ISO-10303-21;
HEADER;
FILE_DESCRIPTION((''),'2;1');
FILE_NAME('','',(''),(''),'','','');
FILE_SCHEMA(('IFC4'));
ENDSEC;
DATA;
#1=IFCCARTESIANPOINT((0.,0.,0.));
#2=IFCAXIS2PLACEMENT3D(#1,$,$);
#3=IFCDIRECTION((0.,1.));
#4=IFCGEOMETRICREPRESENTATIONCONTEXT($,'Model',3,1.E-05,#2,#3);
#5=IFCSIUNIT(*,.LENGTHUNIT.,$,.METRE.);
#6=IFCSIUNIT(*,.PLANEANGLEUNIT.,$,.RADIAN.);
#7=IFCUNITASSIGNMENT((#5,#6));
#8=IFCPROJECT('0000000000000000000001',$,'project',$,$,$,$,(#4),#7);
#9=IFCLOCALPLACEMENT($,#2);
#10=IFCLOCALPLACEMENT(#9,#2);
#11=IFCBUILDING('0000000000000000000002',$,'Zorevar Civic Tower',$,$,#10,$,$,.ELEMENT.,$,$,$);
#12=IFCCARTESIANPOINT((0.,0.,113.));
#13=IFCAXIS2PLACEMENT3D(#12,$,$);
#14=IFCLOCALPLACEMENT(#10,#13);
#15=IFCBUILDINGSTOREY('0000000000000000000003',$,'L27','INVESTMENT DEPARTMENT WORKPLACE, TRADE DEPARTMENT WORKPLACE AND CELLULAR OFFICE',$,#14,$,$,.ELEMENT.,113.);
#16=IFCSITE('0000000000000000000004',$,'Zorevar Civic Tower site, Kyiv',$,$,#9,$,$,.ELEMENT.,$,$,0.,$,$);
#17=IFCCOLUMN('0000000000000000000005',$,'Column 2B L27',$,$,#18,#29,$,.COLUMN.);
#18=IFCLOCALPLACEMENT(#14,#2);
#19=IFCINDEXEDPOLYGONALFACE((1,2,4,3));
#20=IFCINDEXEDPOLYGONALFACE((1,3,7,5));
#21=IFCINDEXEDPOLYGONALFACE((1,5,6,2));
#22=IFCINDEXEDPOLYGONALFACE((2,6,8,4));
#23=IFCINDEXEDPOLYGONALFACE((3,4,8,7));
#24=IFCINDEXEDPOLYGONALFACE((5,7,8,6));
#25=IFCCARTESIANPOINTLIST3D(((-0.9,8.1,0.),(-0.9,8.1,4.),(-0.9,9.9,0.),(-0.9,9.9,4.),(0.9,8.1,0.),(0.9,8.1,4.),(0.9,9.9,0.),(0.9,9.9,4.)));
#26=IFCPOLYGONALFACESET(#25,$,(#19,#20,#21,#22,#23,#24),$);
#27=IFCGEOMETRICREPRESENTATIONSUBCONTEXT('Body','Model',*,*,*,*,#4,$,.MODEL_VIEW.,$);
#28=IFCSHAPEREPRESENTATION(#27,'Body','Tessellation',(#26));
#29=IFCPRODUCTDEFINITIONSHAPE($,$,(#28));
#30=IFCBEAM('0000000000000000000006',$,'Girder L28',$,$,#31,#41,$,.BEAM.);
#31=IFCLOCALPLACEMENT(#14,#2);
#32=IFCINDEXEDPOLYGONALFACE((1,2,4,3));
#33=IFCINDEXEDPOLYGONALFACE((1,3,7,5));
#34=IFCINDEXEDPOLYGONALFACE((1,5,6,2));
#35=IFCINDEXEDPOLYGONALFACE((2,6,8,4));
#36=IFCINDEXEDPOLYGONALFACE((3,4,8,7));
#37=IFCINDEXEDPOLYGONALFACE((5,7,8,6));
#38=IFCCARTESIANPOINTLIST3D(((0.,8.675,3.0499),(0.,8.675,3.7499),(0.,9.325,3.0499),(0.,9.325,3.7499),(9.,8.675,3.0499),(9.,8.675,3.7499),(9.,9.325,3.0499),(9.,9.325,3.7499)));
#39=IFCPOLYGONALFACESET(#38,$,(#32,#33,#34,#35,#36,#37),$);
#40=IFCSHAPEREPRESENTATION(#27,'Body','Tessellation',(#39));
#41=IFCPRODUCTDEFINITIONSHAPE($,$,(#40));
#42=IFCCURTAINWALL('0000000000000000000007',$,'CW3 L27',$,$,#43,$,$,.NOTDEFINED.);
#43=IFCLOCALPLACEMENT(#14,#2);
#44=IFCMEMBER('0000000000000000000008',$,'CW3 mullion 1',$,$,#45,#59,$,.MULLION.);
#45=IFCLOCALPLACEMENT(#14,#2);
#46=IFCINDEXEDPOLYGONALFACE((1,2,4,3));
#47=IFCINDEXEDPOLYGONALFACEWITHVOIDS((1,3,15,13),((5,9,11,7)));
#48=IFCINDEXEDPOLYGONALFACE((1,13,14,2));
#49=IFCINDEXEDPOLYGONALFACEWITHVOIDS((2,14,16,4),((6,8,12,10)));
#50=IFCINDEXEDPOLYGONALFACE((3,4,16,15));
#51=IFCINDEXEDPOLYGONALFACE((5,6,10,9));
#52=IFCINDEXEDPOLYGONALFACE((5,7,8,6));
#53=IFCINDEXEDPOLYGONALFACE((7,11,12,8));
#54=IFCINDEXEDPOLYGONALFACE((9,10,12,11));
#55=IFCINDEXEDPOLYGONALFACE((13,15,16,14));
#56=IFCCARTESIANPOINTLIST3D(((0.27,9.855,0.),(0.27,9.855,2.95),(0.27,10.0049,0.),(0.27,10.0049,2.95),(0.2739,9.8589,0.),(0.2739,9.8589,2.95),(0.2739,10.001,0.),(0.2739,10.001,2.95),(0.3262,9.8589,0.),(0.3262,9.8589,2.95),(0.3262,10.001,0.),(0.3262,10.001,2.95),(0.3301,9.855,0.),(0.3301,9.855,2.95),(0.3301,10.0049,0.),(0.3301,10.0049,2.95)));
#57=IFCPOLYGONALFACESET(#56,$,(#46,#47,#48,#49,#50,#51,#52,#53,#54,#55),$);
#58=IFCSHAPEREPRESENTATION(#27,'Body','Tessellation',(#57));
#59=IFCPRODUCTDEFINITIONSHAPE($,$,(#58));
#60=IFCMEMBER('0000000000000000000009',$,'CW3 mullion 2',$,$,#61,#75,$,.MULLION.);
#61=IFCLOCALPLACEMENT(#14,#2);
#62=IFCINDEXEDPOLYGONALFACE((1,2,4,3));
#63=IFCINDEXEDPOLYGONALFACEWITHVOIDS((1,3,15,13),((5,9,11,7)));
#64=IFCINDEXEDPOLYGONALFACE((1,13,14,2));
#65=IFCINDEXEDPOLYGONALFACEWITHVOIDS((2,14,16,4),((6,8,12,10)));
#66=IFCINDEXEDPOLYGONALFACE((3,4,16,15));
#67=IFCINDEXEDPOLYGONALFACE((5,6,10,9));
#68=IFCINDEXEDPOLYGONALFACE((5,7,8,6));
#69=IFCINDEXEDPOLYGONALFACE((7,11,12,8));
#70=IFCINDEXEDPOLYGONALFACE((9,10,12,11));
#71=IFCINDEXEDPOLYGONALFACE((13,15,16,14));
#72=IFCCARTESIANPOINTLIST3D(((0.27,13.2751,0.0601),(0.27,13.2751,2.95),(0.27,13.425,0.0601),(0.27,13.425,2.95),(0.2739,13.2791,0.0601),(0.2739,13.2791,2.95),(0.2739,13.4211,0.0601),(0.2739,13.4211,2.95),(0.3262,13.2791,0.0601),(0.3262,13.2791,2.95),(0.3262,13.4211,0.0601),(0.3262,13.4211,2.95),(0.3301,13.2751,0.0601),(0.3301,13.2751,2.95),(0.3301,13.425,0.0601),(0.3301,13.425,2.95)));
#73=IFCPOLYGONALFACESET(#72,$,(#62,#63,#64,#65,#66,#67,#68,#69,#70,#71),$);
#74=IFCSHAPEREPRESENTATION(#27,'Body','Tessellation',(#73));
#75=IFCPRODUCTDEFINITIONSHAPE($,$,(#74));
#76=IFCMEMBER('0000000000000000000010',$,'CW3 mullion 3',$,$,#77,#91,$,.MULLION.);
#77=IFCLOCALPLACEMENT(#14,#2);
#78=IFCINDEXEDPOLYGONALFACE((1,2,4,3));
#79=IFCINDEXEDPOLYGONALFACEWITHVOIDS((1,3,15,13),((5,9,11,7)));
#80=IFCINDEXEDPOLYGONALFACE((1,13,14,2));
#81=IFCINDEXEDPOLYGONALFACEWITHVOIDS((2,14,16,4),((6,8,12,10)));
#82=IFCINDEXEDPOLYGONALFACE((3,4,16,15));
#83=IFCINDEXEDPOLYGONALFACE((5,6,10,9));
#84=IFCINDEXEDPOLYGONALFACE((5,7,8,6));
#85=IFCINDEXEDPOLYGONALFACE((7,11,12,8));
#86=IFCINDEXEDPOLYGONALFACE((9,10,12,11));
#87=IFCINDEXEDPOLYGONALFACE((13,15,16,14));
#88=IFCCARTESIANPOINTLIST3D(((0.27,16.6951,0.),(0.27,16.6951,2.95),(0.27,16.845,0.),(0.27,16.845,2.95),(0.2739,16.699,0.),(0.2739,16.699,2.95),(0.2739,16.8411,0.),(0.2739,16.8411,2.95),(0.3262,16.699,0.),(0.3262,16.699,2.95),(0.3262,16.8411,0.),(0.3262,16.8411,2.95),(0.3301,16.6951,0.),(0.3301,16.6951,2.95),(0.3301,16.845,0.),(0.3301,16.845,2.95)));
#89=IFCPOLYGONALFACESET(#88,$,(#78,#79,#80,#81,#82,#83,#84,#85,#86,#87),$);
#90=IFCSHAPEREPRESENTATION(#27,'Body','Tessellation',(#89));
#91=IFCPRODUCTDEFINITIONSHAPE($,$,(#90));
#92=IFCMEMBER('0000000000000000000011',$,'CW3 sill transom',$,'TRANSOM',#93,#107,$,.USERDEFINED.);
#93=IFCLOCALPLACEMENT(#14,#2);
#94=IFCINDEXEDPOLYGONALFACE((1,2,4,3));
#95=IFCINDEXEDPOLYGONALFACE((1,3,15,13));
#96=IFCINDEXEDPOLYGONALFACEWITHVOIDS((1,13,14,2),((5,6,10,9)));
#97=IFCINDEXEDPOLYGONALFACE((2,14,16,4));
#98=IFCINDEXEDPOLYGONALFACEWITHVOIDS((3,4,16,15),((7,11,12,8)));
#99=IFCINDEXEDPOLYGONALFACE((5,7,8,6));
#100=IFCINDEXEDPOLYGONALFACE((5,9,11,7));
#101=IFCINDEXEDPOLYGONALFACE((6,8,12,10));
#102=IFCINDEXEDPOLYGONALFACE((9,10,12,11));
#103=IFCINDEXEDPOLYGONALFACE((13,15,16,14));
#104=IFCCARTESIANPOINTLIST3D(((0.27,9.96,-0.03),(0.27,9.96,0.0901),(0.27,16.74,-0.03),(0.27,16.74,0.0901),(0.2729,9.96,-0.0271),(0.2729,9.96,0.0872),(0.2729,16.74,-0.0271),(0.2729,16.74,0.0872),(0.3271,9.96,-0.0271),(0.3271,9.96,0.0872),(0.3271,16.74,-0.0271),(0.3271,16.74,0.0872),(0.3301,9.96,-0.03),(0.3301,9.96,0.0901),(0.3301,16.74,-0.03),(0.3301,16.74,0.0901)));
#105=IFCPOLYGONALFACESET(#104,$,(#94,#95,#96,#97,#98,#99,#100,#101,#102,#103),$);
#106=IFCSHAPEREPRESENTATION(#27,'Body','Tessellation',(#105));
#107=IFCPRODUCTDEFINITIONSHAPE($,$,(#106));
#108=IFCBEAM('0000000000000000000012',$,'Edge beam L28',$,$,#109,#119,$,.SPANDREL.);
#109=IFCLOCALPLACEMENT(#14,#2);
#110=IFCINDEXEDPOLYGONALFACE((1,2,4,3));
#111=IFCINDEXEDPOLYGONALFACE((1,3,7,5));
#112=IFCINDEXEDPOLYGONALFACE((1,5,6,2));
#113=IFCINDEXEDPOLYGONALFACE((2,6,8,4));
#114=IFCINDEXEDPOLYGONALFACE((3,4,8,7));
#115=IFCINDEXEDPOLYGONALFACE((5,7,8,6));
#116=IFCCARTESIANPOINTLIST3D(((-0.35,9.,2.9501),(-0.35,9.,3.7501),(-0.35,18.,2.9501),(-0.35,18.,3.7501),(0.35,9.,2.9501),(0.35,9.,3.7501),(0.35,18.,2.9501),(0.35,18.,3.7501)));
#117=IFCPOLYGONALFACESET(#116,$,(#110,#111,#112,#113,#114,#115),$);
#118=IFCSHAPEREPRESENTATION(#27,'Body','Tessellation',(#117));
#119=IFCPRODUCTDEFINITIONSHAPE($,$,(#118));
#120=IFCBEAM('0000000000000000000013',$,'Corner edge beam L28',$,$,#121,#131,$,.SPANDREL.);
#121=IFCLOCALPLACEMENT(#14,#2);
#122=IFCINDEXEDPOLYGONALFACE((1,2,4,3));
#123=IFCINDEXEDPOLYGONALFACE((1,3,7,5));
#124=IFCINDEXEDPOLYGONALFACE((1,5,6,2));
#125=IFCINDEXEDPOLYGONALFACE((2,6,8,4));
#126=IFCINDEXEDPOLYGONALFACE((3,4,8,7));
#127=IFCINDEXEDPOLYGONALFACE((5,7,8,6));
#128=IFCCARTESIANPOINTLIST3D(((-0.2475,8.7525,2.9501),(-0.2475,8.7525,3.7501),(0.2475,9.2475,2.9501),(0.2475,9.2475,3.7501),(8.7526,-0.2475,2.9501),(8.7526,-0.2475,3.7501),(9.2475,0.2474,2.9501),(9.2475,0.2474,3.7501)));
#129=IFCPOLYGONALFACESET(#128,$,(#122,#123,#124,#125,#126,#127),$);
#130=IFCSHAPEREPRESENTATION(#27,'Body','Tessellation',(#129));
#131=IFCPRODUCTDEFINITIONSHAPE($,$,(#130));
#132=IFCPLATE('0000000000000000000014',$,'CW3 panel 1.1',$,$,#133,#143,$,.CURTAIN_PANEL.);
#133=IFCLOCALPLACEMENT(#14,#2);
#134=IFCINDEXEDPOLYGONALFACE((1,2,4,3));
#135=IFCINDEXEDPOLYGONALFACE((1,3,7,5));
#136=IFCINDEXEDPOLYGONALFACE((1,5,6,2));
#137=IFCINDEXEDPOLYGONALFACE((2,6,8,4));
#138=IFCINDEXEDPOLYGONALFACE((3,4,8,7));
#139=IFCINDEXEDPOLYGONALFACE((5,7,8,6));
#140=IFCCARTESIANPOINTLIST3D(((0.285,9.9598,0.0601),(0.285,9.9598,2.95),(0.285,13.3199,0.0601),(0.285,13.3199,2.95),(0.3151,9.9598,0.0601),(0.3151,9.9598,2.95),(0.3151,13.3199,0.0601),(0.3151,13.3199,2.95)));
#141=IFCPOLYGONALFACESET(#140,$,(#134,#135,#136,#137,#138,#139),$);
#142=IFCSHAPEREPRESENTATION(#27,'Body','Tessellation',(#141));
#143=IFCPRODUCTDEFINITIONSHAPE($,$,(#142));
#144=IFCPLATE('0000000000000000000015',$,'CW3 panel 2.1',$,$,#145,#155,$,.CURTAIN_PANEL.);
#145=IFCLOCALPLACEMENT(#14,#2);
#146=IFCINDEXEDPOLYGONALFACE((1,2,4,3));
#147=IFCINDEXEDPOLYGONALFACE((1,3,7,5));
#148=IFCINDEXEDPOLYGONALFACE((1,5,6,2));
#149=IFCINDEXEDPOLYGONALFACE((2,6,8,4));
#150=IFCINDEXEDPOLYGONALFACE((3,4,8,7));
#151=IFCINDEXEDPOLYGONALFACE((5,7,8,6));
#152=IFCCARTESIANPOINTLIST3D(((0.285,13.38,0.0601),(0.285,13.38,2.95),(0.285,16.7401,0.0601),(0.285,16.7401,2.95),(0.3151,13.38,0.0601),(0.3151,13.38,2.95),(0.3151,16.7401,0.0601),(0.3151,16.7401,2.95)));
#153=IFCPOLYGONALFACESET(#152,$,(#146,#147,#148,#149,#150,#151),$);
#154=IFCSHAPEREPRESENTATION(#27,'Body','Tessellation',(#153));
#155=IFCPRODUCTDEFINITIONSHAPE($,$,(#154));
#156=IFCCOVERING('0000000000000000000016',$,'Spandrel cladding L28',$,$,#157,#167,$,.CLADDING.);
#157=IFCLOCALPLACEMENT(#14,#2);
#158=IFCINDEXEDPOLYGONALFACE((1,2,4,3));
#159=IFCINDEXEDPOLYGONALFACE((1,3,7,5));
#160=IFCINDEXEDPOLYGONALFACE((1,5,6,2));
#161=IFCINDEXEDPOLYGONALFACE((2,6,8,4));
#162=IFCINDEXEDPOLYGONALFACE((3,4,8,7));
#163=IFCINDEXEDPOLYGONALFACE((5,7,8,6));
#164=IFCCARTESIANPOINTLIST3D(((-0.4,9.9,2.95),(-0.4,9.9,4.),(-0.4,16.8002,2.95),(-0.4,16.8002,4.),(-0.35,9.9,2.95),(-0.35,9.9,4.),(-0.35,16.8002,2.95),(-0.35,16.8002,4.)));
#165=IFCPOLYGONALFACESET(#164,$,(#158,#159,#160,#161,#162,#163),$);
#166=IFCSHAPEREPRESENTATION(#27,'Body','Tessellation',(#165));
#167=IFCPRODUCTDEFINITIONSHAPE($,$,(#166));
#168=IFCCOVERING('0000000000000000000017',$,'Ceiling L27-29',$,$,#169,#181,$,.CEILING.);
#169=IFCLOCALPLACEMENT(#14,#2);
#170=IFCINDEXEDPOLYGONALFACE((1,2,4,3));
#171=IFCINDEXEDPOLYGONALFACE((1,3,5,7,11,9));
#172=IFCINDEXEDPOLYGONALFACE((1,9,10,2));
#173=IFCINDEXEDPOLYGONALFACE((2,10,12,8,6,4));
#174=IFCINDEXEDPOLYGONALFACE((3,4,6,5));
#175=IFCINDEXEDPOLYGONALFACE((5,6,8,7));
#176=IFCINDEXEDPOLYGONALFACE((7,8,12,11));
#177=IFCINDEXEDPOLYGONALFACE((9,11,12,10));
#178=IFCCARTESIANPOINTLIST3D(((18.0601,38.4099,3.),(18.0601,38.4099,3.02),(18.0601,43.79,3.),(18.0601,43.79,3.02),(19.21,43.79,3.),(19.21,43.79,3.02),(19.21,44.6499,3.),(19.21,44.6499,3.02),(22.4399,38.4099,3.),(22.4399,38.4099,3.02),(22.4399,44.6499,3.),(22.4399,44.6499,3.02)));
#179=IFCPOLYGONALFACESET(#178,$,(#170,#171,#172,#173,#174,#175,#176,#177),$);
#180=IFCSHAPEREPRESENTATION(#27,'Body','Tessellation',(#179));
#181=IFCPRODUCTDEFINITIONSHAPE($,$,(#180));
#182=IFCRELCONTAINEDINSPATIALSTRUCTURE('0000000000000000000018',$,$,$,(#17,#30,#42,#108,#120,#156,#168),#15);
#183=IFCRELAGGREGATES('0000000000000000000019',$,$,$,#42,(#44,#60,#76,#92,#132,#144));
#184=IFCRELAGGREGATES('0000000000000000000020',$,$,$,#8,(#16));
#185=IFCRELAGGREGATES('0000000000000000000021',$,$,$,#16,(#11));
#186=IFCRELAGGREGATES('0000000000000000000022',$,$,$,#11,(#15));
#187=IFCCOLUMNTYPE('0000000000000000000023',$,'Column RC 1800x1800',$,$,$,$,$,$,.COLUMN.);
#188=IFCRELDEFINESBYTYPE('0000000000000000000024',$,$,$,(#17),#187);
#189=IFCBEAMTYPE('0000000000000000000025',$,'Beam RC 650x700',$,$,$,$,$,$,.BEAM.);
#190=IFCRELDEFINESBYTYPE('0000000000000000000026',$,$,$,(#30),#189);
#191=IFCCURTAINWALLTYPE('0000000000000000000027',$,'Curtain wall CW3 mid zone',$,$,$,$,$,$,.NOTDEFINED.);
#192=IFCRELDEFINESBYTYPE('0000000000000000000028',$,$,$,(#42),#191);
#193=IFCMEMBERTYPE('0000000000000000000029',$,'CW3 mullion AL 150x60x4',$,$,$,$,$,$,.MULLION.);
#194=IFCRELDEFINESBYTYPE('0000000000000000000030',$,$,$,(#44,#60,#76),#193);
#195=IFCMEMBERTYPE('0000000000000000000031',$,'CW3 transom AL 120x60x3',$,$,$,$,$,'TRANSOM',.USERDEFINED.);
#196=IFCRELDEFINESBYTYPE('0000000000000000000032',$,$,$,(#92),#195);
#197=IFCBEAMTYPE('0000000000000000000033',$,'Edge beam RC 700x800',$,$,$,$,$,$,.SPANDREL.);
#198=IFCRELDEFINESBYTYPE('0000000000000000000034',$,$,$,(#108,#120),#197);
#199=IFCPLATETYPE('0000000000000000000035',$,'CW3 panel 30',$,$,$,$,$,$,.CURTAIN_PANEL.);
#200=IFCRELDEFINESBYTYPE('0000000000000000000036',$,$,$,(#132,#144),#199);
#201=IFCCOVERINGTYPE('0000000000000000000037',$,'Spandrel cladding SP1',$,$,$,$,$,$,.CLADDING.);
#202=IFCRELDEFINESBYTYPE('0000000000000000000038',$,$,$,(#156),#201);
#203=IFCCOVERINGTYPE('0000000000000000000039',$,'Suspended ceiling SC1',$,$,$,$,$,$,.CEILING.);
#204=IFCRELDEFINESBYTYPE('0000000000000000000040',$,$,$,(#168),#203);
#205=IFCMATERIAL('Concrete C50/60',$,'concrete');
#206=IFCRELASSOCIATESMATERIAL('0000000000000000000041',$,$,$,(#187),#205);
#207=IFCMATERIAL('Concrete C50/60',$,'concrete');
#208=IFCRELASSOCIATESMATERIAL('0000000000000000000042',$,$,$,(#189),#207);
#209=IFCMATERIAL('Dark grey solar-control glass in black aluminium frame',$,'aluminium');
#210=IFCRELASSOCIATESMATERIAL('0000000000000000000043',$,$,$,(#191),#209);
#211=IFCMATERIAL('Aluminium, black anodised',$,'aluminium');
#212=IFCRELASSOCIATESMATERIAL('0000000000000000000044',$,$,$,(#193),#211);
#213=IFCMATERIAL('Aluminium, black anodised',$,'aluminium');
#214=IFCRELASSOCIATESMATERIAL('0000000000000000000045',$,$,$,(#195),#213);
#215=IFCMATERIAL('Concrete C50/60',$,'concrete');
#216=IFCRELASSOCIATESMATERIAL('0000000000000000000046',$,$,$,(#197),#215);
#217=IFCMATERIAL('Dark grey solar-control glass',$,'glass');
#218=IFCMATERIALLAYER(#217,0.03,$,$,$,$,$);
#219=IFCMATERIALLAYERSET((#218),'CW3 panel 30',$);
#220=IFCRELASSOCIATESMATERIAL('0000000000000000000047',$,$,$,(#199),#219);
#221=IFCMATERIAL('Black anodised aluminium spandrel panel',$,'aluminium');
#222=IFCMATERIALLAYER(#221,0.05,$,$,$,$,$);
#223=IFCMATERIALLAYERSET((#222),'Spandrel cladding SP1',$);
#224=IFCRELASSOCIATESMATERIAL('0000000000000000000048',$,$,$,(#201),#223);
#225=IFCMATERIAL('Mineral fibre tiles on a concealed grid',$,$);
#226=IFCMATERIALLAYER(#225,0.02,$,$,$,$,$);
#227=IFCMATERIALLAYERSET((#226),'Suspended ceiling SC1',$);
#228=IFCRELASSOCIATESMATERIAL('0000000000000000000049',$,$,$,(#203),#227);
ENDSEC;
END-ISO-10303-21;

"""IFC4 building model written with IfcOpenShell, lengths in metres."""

from ifc_helpers import new_model, si_unit, direction, frame, frame_2d, origin, origin_2d, place, context, subcontext, project, spatial, polyline, rectangle, hollow_rectangle, outline, extrude, material, layer, layer_set, material_profile, profile_set, type_object, element, aggregate, save


model = new_model("IFC4")

# Units and contexts
model_context = context("Model", 3, precision=1e-05, world=origin(), true_north=direction((0.0, 1.0)))
body_context = subcontext(model_context, "Body", "Model", "MODEL_VIEW")
ifc_project = project(units=[si_unit("LENGTHUNIT", "METRE"), si_unit("PLANEANGLEUNIT", "RADIAN")], contexts=[model_context])

# Site, building, storey
site_placement = place(None, origin())
site = spatial("IfcSite", under=ifc_project, at=site_placement, Name="Zorevar Civic Tower site, Kyiv", CompositionType="ELEMENT", RefElevation=0.0)
building_placement = place(site_placement, origin())
building = spatial("IfcBuilding", under=site, at=building_placement, Name="Zorevar Civic Tower", CompositionType="ELEMENT")
storey_placement = place(building_placement, frame((0.0, 0.0, 113.0)))
storey = spatial("IfcBuildingStorey", under=building, at=storey_placement, Name="L27", Description="INVESTMENT DEPARTMENT WORKPLACE, TRADE DEPARTMENT WORKPLACE AND CELLULAR OFFICE", CompositionType="ELEMENT", Elevation=113.0)

# Column
ifc_material_1 = material(Name="Concrete C50/60", Category="concrete")
ifc_material_profile_1 = material_profile(ifc_material_1, rectangle(XDim=1.8, YDim=1.8, at=origin_2d()), Name="RC 1800x1800")
ifc_profile_set_1 = profile_set([ifc_material_profile_1], Name="Concrete C50/60")
column_type = type_object("IfcColumnType", Name="Column RC 1800x1800", PredefinedType="COLUMN", material=ifc_profile_set_1)
column_placement = place(storey_placement, frame((0.0, 9.0, 0.0), z_axis=(0.0, 0.0, 1.0), x_axis=(1.0, 0.0, 0.0)))
element("IfcColumn", 1, at=column_placement, inside=storey, type_object=column_type, Name="Column 2B L27", PredefinedType="COLUMN", context=body_context, shape_type="SweptSolid", body=[
    extrude(rectangle(XDim=1.8, YDim=1.8, at=origin_2d()), origin(), (0.0, 0.0, 1.0), 4.0),
])

# Beam
ifc_material_2 = material(Name="Concrete C50/60", Category="concrete")
ifc_material_profile_2 = material_profile(ifc_material_2, rectangle(XDim=0.6499, YDim=0.7, at=origin_2d()), Name="RC 650x700")
ifc_profile_set_2 = profile_set([ifc_material_profile_2], Name="Concrete C50/60")
beam_type_1 = type_object("IfcBeamType", Name="Beam RC 650x700", PredefinedType="BEAM", material=ifc_profile_set_2)
beam_1_placement = place(storey_placement, frame((0.0, 9.0, 3.3999), z_axis=(1.0, 0.0, 0.0), x_axis=(0.0, 1.0, 0.0)))
element("IfcBeam", 2, at=beam_1_placement, inside=storey, type_object=beam_type_1, Name="Girder L28", PredefinedType="BEAM", context=body_context, shape_type="SweptSolid", body=[
    extrude(rectangle(XDim=0.6499, YDim=0.7, at=origin_2d()), origin(), (0.0, 0.0, 1.0), 9.0),
])

# Curtain wall, members
ifc_material_3 = material(Name="Dark grey solar-control glass in black aluminium frame", Category="aluminium")
curtain_wall_type = type_object("IfcCurtainWallType", Name="Curtain wall CW3 mid zone", PredefinedType="NOTDEFINED", material=ifc_material_3)
curtain_wall_placement = place(storey_placement, origin())
curtain_wall = element("IfcCurtainWall", 3, at=curtain_wall_placement, inside=storey, type_object=curtain_wall_type, Name="CW3 L27", PredefinedType="NOTDEFINED")
ifc_material_4 = material(Name="Aluminium, black anodised", Category="aluminium")
ifc_material_profile_3 = material_profile(ifc_material_4, hollow_rectangle(XDim=0.0601, YDim=0.1499, WallThickness=0.0039, at=origin_2d()), Name="AL 150x60x4")
ifc_profile_set_3 = profile_set([ifc_material_profile_3], Name="Aluminium, black anodised")
member_type_1 = type_object("IfcMemberType", Name="CW3 mullion AL 150x60x4", PredefinedType="MULLION", material=ifc_profile_set_3)
member_1_placement = place(storey_placement, frame((0.3, 9.9299, 0.0), z_axis=(0.0, 0.0, 1.0), x_axis=(-1.0, 0.0, 0.0)))
member_1 = element("IfcMember", 4, at=member_1_placement, type_object=member_type_1, Name="CW3 mullion 1", PredefinedType="MULLION", context=body_context, shape_type="SweptSolid", body=[
    extrude(hollow_rectangle(XDim=0.0601, YDim=0.1499, WallThickness=0.0039, at=origin_2d()), origin(), (0.0, 0.0, 1.0), 2.95),
])
member_2_placement = place(storey_placement, frame((0.3, 13.3501, 0.0601), z_axis=(0.0, 0.0, 1.0), x_axis=(-1.0, 0.0, 0.0)))
member_2 = element("IfcMember", 5, at=member_2_placement, type_object=member_type_1, Name="CW3 mullion 2", PredefinedType="MULLION", context=body_context, shape_type="SweptSolid", body=[
    extrude(hollow_rectangle(XDim=0.0601, YDim=0.1499, WallThickness=0.0039, at=origin_2d()), origin(), (0.0, 0.0, 1.0), 2.8899),
])
member_3_placement = place(storey_placement, frame((0.3, 16.77, 0.0), z_axis=(0.0, 0.0, 1.0), x_axis=(-1.0, 0.0, 0.0)))
member_3 = element("IfcMember", 6, at=member_3_placement, type_object=member_type_1, Name="CW3 mullion 3", PredefinedType="MULLION", context=body_context, shape_type="SweptSolid", body=[
    extrude(hollow_rectangle(XDim=0.0601, YDim=0.1499, WallThickness=0.0039, at=origin_2d()), origin(), (0.0, 0.0, 1.0), 2.95),
])
ifc_material_5 = material(Name="Aluminium, black anodised", Category="aluminium")
ifc_material_profile_4 = material_profile(ifc_material_5, hollow_rectangle(XDim=0.0601, YDim=0.1201, WallThickness=0.0029, at=origin_2d()), Name="AL 120x60x3")
ifc_profile_set_4 = profile_set([ifc_material_profile_4], Name="Aluminium, black anodised")
member_type_2 = type_object("IfcMemberType", Name="CW3 transom AL 120x60x3", ElementType="TRANSOM", PredefinedType="USERDEFINED", material=ifc_profile_set_4)
member_4_placement = place(storey_placement, frame((0.3, 9.96, 0.03), z_axis=(0.0, 1.0, 0.0), x_axis=(-1.0, 0.0, 0.0)))
member_4 = element("IfcMember", 7, at=member_4_placement, type_object=member_type_2, Name="CW3 sill transom", ObjectType="TRANSOM", PredefinedType="USERDEFINED", context=body_context, shape_type="SweptSolid", body=[
    extrude(hollow_rectangle(XDim=0.0601, YDim=0.1201, WallThickness=0.0029, at=origin_2d()), origin(), (0.0, 0.0, 1.0), 6.78),
])

# Beams
ifc_material_6 = material(Name="Concrete C50/60", Category="concrete")
ifc_material_profile_5 = material_profile(ifc_material_6, rectangle(XDim=0.7, YDim=0.8, at=origin_2d()), Name="RC 700x800")
ifc_profile_set_5 = profile_set([ifc_material_profile_5], Name="Concrete C50/60")
beam_type_2 = type_object("IfcBeamType", Name="Edge beam RC 700x800", PredefinedType="SPANDREL", material=ifc_profile_set_5)
beam_2_placement = place(storey_placement, frame((0.0, 9.0, 3.3501), z_axis=(0.0, 1.0, 0.0), x_axis=(-1.0, 0.0, 0.0)))
element("IfcBeam", 8, at=beam_2_placement, inside=storey, type_object=beam_type_2, Name="Edge beam L28", PredefinedType="SPANDREL", context=body_context, shape_type="SweptSolid", body=[
    extrude(rectangle(XDim=0.7, YDim=0.8, at=origin_2d()), origin(), (0.0, 0.0, 1.0), 9.0),
])
beam_3_placement = place(storey_placement, frame((0.0, 9.0, 3.3501), z_axis=(0.707107, -0.707107, 0.0), x_axis=(0.707107, 0.707107, 0.0)))
element("IfcBeam", 9, at=beam_3_placement, inside=storey, type_object=beam_type_2, Name="Corner edge beam L28", PredefinedType="SPANDREL", context=body_context, shape_type="SweptSolid", body=[
    extrude(rectangle(XDim=0.7, YDim=0.8, at=origin_2d()), origin(), (0.0, 0.0, 1.0), 12.728),
])

# Plates
ifc_material_7 = material(Name="Dark grey solar-control glass", Category="glass")
ifc_layer_1 = layer(ifc_material_7, 0.03)
ifc_layer_set_1 = layer_set([ifc_layer_1], Name="CW3 panel 30")
plate_type = type_object("IfcPlateType", Name="CW3 panel 30", PredefinedType="CURTAIN_PANEL", material=ifc_layer_set_1)
plate_1_placement = place(storey_placement, frame((0.3, 11.6399, 0.0601), z_axis=(0.0, 0.0, 1.0), x_axis=(0.0, 1.0, 0.0)))
plate_1 = element("IfcPlate", 10, at=plate_1_placement, type_object=plate_type, Name="CW3 panel 1.1", PredefinedType="CURTAIN_PANEL", context=body_context, shape_type="SweptSolid", body=[
    extrude(rectangle(XDim=3.3601, YDim=0.03, at=origin_2d()), origin(), (0.0, 0.0, 1.0), 2.8899),
])
plate_2_placement = place(storey_placement, frame((0.3, 15.0601, 0.0601), z_axis=(0.0, 0.0, 1.0), x_axis=(0.0, 1.0, 0.0)))
plate_2 = element("IfcPlate", 11, at=plate_2_placement, type_object=plate_type, Name="CW3 panel 2.1", PredefinedType="CURTAIN_PANEL", context=body_context, shape_type="SweptSolid", body=[
    extrude(rectangle(XDim=3.3601, YDim=0.03, at=origin_2d()), origin(), (0.0, 0.0, 1.0), 2.8899),
])
aggregate(curtain_wall, [member_1, member_2, member_3, member_4, plate_1, plate_2])

# Coverings
ifc_material_8 = material(Name="Black anodised aluminium spandrel panel", Category="aluminium")
ifc_layer_2 = layer(ifc_material_8, 0.05)
ifc_layer_set_2 = layer_set([ifc_layer_2], Name="Spandrel cladding SP1")
covering_type_1 = type_object("IfcCoveringType", Name="Spandrel cladding SP1", PredefinedType="CLADDING", material=ifc_layer_set_2)
covering_1_placement = place(storey_placement, frame((-0.375, 9.8999, 2.95), z_axis=(0.0, 0.0, 1.0), x_axis=(0.0, 1.0, 0.0)))
element("IfcCovering", 12, at=covering_1_placement, inside=storey, type_object=covering_type_1, Name="Spandrel cladding L28", PredefinedType="CLADDING", context=body_context, shape_type="SweptSolid", body=[
    extrude(rectangle(XDim=6.9001, YDim=0.05, at=frame_2d((3.4502, 0.0))), origin(), (0.0, 0.0, 1.0), 1.05),
])
ifc_material_9 = material(Name="Mineral fibre tiles on a concealed grid")
ifc_layer_3 = layer(ifc_material_9, 0.02)
ifc_layer_set_3 = layer_set([ifc_layer_3], Name="Suspended ceiling SC1")
covering_type_2 = type_object("IfcCoveringType", Name="Suspended ceiling SC1", PredefinedType="CEILING", material=ifc_layer_set_3)
covering_2_placement = place(storey_placement, frame((0.0, 0.0, 3.0)))
element("IfcCovering", 13, at=covering_2_placement, inside=storey, type_object=covering_type_2, Name="Ceiling L27-29", PredefinedType="CEILING", context=body_context, shape_type="SweptSolid", body=[
    extrude(outline(polyline([(18.0601, 38.4099), (18.0601, 43.79), (19.21, 43.79), (19.21, 44.6499), (22.4399, 44.6499), (22.4399, 38.4099), (18.0601, 38.4099)])), origin(), (0.0, 0.0, 1.0), 0.02),
])

save(model, "model.ifc")
